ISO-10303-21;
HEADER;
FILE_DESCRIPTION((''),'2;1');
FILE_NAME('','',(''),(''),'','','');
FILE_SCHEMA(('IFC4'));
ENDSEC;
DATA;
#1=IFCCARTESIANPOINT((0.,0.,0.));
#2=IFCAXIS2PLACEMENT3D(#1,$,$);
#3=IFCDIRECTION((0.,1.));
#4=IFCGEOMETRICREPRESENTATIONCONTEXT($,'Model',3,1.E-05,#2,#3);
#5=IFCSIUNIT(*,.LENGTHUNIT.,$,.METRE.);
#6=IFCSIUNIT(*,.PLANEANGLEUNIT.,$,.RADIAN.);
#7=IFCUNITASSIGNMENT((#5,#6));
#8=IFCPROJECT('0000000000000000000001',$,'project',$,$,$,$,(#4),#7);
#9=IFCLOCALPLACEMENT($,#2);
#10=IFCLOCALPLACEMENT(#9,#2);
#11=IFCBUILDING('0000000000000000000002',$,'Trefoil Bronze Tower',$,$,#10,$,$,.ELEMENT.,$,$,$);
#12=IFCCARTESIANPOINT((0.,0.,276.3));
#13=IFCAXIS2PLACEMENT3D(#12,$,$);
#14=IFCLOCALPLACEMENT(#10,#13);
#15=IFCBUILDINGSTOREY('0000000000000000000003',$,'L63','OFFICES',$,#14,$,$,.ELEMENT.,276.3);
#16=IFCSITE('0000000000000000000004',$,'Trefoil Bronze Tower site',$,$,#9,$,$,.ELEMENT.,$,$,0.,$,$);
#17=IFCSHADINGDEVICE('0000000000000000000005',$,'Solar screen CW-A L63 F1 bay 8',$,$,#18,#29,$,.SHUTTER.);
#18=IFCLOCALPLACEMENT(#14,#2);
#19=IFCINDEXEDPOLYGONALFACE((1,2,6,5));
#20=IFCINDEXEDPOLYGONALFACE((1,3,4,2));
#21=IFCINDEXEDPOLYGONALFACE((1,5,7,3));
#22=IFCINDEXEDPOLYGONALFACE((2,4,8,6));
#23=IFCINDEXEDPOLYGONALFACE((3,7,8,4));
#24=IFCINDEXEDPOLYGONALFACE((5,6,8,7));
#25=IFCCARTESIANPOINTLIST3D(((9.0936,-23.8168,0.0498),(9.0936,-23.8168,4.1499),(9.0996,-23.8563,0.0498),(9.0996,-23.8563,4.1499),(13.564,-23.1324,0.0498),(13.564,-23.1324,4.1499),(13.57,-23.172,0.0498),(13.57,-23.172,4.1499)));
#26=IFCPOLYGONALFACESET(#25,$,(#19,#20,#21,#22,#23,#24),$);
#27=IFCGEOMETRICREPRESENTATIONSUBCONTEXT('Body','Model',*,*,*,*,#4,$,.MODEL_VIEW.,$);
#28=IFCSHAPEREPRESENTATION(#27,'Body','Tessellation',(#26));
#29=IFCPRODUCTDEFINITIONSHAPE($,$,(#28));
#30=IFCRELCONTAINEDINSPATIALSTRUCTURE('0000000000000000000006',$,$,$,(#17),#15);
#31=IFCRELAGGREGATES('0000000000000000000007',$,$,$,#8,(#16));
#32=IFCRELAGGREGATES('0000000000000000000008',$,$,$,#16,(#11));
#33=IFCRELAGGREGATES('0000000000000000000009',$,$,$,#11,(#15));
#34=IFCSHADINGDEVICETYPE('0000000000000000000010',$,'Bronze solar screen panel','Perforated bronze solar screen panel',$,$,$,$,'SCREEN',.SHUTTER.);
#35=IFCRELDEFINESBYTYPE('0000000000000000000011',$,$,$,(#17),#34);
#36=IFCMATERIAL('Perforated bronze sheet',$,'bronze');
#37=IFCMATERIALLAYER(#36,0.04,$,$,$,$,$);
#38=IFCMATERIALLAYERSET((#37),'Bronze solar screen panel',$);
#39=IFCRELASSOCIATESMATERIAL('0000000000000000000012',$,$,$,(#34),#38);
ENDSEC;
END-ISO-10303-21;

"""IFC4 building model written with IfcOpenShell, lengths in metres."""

from ifc_helpers import new_model, si_unit, direction, frame, origin, origin_2d, place, context, subcontext, project, spatial, rectangle, extrude, material, layer, layer_set, type_object, element, save


model = new_model("IFC4")

# Units and contexts
model_context = context("Model", 3, precision=1e-05, world=origin(), true_north=direction((0.0, 1.0)))
body_context = subcontext(model_context, "Body", "Model", "MODEL_VIEW")
ifc_project = project(units=[si_unit("LENGTHUNIT", "METRE"), si_unit("PLANEANGLEUNIT", "RADIAN")], contexts=[model_context])

# Site, building, storey
site_placement = place(None, origin())
site = spatial("IfcSite", under=ifc_project, at=site_placement, Name="Trefoil Bronze Tower site", CompositionType="ELEMENT", RefElevation=0.0)
building_placement = place(site_placement, origin())
building = spatial("IfcBuilding", under=site, at=building_placement, Name="Trefoil Bronze Tower", CompositionType="ELEMENT")
storey_placement = place(building_placement, frame((0.0, 0.0, 276.3)))
storey = spatial("IfcBuildingStorey", under=building, at=storey_placement, Name="L63", Description="OFFICES", CompositionType="ELEMENT", Elevation=276.3)

# Shading device
ifc_material_1 = material(Name="Perforated bronze sheet", Category="bronze")
ifc_layer_1 = layer(ifc_material_1, 0.04)
ifc_layer_set_1 = layer_set([ifc_layer_1], Name="Bronze solar screen panel")
shading_device_type = type_object("IfcShadingDeviceType", Name="Bronze solar screen panel", Description="Perforated bronze solar screen panel", ElementType="SCREEN", PredefinedType="SHUTTER", material=ifc_layer_set_1)
shading_device_1_placement = place(storey_placement, frame((11.3318, -23.4944, 0.0498), z_axis=(0.0, 0.0, 1.0), x_axis=(0.988485, 0.151317, 0.0)))
element("IfcShadingDevice", 1, at=shading_device_1_placement, inside=storey, type_object=shading_device_type, Name="Solar screen CW-A L63 F1 bay 8", PredefinedType="SHUTTER", context=body_context, shape_type="SweptSolid", body=[
    extrude(rectangle(XDim=4.5225, YDim=0.04, at=origin_2d()), origin(), (0.0, 0.0, 1.0), 4.1001),
])

save(model, "model.ifc")
